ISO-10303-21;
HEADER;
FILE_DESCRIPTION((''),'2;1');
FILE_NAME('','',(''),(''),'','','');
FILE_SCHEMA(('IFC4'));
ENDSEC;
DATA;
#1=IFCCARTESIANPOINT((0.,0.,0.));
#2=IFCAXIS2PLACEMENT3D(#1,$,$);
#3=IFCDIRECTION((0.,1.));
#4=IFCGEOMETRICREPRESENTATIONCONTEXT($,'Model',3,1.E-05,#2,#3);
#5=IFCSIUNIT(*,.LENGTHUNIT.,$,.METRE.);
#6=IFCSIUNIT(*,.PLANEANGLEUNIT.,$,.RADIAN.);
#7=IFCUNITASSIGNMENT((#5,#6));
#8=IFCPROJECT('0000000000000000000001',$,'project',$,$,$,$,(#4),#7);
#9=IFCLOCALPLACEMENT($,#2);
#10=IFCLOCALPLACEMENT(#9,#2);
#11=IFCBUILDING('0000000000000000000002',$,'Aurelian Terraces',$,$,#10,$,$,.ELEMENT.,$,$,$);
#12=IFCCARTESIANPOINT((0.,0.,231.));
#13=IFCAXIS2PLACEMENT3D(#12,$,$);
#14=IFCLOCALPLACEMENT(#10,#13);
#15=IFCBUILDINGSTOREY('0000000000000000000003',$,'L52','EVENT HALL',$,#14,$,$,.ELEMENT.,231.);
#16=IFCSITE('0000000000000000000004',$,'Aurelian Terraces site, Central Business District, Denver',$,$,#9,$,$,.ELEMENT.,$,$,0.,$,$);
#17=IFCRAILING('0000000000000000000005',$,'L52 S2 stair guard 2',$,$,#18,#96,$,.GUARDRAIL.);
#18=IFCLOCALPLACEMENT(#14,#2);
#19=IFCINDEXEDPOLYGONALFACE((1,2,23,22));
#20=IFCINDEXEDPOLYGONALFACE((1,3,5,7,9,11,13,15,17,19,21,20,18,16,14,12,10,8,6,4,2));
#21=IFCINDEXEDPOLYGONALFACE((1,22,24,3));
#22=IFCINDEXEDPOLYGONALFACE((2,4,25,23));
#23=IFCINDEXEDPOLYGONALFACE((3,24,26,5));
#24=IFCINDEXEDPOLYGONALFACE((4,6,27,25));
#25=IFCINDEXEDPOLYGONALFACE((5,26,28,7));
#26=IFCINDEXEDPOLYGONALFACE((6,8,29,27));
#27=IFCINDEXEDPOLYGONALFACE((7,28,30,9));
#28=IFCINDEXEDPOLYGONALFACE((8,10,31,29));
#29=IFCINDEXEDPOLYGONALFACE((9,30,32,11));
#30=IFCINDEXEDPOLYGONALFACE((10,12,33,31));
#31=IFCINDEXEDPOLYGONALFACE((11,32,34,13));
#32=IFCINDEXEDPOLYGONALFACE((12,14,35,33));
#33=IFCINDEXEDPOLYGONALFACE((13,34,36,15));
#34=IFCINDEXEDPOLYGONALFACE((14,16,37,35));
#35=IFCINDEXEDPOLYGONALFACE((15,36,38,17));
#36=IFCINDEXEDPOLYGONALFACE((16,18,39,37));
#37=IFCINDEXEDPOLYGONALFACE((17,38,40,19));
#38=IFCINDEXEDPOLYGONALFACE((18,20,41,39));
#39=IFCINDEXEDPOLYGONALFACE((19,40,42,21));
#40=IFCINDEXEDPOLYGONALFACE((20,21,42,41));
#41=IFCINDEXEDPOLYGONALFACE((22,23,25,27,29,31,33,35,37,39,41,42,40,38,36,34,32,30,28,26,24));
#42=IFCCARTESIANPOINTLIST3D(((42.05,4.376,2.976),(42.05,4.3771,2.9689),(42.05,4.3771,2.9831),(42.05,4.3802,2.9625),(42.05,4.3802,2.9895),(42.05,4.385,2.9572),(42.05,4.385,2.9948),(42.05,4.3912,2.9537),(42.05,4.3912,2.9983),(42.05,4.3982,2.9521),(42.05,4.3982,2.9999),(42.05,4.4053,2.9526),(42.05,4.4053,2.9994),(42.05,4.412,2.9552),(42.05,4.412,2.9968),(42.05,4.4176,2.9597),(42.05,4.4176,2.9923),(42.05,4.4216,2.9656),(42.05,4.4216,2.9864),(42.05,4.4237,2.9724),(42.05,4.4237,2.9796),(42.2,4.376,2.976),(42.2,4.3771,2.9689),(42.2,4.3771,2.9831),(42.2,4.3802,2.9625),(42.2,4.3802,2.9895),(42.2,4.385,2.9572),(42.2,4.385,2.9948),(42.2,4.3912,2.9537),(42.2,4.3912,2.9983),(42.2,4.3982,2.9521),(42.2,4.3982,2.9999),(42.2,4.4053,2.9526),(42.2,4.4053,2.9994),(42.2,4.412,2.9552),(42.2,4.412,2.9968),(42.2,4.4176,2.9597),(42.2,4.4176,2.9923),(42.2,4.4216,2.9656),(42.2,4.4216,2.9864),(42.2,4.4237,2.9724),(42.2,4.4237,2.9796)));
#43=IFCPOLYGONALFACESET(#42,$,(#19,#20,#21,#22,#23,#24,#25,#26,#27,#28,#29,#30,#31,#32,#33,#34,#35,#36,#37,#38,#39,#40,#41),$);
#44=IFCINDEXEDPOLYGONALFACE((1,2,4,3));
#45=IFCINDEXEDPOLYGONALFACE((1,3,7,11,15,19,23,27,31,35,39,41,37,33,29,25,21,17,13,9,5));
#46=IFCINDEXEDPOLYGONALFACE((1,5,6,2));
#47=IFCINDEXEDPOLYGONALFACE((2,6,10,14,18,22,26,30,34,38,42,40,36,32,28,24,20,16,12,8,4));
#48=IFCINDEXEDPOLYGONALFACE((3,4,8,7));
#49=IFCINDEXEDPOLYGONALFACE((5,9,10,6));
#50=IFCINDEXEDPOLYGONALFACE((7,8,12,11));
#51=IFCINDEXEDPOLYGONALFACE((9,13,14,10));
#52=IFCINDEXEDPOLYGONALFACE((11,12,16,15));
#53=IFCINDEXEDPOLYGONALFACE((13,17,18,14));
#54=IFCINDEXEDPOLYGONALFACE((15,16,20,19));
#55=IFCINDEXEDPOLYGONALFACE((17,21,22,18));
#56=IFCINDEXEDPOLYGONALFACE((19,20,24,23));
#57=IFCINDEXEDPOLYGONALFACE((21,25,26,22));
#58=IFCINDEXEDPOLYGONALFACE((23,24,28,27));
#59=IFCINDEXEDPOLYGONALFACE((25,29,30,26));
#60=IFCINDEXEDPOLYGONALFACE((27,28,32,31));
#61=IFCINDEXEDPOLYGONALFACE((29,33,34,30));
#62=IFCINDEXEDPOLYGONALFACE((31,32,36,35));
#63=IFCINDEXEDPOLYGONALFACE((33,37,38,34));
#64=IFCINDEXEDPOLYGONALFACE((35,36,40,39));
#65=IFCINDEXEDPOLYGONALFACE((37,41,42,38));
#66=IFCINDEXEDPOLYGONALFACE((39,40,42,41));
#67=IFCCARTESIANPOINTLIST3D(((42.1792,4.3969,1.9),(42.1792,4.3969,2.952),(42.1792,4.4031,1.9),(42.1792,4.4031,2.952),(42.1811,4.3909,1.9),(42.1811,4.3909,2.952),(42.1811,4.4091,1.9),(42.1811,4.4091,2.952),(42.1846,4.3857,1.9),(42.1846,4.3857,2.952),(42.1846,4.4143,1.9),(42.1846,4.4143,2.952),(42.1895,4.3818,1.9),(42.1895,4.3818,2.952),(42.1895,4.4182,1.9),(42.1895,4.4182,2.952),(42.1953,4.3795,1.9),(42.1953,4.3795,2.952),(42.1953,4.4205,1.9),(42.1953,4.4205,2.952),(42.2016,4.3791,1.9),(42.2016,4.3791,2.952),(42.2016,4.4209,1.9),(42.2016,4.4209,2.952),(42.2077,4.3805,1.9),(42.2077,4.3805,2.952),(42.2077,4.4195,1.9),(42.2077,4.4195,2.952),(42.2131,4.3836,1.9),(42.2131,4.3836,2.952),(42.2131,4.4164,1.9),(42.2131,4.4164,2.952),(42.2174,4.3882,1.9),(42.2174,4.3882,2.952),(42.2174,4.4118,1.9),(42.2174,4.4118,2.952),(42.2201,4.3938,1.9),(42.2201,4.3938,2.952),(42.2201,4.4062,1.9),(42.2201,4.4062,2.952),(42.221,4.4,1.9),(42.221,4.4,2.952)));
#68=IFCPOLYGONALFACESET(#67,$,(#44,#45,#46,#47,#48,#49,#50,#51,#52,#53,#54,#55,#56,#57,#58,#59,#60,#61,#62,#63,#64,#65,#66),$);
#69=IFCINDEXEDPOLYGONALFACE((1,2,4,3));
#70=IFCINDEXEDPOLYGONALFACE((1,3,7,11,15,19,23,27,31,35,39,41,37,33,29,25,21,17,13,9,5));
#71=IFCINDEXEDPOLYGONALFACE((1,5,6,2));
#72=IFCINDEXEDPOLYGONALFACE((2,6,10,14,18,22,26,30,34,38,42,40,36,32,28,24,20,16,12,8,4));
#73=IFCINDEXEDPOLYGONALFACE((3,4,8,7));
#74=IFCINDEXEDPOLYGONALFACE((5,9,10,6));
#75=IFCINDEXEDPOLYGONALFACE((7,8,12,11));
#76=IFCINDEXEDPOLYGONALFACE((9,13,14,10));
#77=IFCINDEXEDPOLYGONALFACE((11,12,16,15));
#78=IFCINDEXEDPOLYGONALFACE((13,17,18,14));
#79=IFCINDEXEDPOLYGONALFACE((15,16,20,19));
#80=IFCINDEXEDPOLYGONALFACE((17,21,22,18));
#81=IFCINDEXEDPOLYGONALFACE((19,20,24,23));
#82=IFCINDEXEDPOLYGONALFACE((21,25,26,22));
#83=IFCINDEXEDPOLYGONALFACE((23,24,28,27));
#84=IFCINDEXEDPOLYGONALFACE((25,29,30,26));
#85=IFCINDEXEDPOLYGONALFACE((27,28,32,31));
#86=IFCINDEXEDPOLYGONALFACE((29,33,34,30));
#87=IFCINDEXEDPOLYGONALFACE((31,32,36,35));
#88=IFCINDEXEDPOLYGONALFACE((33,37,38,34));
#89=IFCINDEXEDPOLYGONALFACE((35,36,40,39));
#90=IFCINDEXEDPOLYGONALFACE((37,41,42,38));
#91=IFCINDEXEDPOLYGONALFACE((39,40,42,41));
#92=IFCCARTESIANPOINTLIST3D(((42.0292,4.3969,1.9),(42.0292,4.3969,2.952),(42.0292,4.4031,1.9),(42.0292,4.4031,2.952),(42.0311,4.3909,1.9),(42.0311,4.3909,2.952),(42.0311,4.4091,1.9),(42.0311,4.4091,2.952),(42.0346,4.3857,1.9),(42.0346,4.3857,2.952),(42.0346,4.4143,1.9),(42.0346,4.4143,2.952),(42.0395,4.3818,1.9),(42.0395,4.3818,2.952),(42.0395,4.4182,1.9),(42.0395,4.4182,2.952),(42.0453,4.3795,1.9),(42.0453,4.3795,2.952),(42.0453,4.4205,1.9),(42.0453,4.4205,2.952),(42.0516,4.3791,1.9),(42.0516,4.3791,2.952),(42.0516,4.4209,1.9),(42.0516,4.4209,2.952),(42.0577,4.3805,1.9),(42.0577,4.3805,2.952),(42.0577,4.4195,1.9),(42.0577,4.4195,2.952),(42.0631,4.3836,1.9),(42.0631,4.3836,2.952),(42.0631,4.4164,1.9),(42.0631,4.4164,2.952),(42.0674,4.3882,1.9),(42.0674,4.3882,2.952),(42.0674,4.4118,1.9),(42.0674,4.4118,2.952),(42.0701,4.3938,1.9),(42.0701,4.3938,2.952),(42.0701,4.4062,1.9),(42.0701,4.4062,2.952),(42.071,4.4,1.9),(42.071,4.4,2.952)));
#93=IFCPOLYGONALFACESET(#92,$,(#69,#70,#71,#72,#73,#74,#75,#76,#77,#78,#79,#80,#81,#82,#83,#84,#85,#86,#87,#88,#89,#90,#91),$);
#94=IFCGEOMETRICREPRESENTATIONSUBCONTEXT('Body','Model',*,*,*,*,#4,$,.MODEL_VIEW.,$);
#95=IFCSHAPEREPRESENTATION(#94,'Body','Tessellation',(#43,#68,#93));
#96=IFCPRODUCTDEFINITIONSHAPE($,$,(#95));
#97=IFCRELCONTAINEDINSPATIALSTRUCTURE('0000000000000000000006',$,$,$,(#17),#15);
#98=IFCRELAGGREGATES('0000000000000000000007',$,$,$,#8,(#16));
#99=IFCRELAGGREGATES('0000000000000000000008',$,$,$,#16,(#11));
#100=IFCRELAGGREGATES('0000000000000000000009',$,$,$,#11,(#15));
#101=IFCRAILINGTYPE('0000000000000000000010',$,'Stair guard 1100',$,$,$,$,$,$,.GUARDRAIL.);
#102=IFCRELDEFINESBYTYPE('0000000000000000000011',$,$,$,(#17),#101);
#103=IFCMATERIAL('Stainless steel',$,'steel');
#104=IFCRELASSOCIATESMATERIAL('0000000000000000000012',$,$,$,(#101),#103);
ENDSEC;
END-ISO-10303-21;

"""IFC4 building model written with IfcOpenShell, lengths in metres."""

from ifc_helpers import new_model, si_unit, direction, frame, origin, origin_2d, place, context, subcontext, project, spatial, circle, extrude, source, transform, mapped, material, type_object, element, save


model = new_model("IFC4")

# Units and contexts
model_context = context("Model", 3, precision=1e-05, world=origin(), true_north=direction((0.0, 1.0)))
body_context = subcontext(model_context, "Body", "Model", "MODEL_VIEW")
ifc_project = project(units=[si_unit("LENGTHUNIT", "METRE"), si_unit("PLANEANGLEUNIT", "RADIAN")], contexts=[model_context])

# Site, building, storey
site_placement = place(None, origin())
site = spatial("IfcSite", under=ifc_project, at=site_placement, Name="Aurelian Terraces site, Central Business District, Denver", CompositionType="ELEMENT", RefElevation=0.0)
building_placement = place(site_placement, origin())
building = spatial("IfcBuilding", under=site, at=building_placement, Name="Aurelian Terraces", CompositionType="ELEMENT")
storey_placement = place(building_placement, frame((0.0, 0.0, 231.0)))
storey = spatial("IfcBuildingStorey", under=building, at=storey_placement, Name="L52", Description="EVENT HALL", CompositionType="ELEMENT", Elevation=231.0)

# Railing
ifc_material_1 = material(Name="Stainless steel", Category="steel")
railing_type = type_object("IfcRailingType", Name="Stair guard 1100", PredefinedType="GUARDRAIL", material=ifc_material_1)
shared_shape_1 = source(origin(), body_context, "Body", "SweptSolid", [
    extrude(circle(Radius=0.024, at=origin_2d()), frame((0.0, 0.0, 1.076), z_axis=(-1.0, 0.0, 0.0), x_axis=(0.0, -1.0, 0.0)), (0.0, 0.0, 1.0), 0.15),
    extrude(circle(Radius=0.021, at=origin_2d()), origin(), (0.0, 0.0, 1.0), 1.052),
    extrude(circle(Radius=0.021, at=origin_2d()), frame((-0.15, 0.0, 0.0)), (0.0, 0.0, 1.0), 1.052),
])
railing_1_placement = place(storey_placement, frame((42.2, 4.4, 1.9)))
element("IfcRailing", 1, at=railing_1_placement, inside=storey, type_object=railing_type, Name="L52 S2 stair guard 2", PredefinedType="GUARDRAIL", context=body_context, shape_type="MappedRepresentation", body=[
    mapped(shared_shape_1, transform((0.0, 0.0, 0.0), scale=1.0)),
])

save(model, "model.ifc")
